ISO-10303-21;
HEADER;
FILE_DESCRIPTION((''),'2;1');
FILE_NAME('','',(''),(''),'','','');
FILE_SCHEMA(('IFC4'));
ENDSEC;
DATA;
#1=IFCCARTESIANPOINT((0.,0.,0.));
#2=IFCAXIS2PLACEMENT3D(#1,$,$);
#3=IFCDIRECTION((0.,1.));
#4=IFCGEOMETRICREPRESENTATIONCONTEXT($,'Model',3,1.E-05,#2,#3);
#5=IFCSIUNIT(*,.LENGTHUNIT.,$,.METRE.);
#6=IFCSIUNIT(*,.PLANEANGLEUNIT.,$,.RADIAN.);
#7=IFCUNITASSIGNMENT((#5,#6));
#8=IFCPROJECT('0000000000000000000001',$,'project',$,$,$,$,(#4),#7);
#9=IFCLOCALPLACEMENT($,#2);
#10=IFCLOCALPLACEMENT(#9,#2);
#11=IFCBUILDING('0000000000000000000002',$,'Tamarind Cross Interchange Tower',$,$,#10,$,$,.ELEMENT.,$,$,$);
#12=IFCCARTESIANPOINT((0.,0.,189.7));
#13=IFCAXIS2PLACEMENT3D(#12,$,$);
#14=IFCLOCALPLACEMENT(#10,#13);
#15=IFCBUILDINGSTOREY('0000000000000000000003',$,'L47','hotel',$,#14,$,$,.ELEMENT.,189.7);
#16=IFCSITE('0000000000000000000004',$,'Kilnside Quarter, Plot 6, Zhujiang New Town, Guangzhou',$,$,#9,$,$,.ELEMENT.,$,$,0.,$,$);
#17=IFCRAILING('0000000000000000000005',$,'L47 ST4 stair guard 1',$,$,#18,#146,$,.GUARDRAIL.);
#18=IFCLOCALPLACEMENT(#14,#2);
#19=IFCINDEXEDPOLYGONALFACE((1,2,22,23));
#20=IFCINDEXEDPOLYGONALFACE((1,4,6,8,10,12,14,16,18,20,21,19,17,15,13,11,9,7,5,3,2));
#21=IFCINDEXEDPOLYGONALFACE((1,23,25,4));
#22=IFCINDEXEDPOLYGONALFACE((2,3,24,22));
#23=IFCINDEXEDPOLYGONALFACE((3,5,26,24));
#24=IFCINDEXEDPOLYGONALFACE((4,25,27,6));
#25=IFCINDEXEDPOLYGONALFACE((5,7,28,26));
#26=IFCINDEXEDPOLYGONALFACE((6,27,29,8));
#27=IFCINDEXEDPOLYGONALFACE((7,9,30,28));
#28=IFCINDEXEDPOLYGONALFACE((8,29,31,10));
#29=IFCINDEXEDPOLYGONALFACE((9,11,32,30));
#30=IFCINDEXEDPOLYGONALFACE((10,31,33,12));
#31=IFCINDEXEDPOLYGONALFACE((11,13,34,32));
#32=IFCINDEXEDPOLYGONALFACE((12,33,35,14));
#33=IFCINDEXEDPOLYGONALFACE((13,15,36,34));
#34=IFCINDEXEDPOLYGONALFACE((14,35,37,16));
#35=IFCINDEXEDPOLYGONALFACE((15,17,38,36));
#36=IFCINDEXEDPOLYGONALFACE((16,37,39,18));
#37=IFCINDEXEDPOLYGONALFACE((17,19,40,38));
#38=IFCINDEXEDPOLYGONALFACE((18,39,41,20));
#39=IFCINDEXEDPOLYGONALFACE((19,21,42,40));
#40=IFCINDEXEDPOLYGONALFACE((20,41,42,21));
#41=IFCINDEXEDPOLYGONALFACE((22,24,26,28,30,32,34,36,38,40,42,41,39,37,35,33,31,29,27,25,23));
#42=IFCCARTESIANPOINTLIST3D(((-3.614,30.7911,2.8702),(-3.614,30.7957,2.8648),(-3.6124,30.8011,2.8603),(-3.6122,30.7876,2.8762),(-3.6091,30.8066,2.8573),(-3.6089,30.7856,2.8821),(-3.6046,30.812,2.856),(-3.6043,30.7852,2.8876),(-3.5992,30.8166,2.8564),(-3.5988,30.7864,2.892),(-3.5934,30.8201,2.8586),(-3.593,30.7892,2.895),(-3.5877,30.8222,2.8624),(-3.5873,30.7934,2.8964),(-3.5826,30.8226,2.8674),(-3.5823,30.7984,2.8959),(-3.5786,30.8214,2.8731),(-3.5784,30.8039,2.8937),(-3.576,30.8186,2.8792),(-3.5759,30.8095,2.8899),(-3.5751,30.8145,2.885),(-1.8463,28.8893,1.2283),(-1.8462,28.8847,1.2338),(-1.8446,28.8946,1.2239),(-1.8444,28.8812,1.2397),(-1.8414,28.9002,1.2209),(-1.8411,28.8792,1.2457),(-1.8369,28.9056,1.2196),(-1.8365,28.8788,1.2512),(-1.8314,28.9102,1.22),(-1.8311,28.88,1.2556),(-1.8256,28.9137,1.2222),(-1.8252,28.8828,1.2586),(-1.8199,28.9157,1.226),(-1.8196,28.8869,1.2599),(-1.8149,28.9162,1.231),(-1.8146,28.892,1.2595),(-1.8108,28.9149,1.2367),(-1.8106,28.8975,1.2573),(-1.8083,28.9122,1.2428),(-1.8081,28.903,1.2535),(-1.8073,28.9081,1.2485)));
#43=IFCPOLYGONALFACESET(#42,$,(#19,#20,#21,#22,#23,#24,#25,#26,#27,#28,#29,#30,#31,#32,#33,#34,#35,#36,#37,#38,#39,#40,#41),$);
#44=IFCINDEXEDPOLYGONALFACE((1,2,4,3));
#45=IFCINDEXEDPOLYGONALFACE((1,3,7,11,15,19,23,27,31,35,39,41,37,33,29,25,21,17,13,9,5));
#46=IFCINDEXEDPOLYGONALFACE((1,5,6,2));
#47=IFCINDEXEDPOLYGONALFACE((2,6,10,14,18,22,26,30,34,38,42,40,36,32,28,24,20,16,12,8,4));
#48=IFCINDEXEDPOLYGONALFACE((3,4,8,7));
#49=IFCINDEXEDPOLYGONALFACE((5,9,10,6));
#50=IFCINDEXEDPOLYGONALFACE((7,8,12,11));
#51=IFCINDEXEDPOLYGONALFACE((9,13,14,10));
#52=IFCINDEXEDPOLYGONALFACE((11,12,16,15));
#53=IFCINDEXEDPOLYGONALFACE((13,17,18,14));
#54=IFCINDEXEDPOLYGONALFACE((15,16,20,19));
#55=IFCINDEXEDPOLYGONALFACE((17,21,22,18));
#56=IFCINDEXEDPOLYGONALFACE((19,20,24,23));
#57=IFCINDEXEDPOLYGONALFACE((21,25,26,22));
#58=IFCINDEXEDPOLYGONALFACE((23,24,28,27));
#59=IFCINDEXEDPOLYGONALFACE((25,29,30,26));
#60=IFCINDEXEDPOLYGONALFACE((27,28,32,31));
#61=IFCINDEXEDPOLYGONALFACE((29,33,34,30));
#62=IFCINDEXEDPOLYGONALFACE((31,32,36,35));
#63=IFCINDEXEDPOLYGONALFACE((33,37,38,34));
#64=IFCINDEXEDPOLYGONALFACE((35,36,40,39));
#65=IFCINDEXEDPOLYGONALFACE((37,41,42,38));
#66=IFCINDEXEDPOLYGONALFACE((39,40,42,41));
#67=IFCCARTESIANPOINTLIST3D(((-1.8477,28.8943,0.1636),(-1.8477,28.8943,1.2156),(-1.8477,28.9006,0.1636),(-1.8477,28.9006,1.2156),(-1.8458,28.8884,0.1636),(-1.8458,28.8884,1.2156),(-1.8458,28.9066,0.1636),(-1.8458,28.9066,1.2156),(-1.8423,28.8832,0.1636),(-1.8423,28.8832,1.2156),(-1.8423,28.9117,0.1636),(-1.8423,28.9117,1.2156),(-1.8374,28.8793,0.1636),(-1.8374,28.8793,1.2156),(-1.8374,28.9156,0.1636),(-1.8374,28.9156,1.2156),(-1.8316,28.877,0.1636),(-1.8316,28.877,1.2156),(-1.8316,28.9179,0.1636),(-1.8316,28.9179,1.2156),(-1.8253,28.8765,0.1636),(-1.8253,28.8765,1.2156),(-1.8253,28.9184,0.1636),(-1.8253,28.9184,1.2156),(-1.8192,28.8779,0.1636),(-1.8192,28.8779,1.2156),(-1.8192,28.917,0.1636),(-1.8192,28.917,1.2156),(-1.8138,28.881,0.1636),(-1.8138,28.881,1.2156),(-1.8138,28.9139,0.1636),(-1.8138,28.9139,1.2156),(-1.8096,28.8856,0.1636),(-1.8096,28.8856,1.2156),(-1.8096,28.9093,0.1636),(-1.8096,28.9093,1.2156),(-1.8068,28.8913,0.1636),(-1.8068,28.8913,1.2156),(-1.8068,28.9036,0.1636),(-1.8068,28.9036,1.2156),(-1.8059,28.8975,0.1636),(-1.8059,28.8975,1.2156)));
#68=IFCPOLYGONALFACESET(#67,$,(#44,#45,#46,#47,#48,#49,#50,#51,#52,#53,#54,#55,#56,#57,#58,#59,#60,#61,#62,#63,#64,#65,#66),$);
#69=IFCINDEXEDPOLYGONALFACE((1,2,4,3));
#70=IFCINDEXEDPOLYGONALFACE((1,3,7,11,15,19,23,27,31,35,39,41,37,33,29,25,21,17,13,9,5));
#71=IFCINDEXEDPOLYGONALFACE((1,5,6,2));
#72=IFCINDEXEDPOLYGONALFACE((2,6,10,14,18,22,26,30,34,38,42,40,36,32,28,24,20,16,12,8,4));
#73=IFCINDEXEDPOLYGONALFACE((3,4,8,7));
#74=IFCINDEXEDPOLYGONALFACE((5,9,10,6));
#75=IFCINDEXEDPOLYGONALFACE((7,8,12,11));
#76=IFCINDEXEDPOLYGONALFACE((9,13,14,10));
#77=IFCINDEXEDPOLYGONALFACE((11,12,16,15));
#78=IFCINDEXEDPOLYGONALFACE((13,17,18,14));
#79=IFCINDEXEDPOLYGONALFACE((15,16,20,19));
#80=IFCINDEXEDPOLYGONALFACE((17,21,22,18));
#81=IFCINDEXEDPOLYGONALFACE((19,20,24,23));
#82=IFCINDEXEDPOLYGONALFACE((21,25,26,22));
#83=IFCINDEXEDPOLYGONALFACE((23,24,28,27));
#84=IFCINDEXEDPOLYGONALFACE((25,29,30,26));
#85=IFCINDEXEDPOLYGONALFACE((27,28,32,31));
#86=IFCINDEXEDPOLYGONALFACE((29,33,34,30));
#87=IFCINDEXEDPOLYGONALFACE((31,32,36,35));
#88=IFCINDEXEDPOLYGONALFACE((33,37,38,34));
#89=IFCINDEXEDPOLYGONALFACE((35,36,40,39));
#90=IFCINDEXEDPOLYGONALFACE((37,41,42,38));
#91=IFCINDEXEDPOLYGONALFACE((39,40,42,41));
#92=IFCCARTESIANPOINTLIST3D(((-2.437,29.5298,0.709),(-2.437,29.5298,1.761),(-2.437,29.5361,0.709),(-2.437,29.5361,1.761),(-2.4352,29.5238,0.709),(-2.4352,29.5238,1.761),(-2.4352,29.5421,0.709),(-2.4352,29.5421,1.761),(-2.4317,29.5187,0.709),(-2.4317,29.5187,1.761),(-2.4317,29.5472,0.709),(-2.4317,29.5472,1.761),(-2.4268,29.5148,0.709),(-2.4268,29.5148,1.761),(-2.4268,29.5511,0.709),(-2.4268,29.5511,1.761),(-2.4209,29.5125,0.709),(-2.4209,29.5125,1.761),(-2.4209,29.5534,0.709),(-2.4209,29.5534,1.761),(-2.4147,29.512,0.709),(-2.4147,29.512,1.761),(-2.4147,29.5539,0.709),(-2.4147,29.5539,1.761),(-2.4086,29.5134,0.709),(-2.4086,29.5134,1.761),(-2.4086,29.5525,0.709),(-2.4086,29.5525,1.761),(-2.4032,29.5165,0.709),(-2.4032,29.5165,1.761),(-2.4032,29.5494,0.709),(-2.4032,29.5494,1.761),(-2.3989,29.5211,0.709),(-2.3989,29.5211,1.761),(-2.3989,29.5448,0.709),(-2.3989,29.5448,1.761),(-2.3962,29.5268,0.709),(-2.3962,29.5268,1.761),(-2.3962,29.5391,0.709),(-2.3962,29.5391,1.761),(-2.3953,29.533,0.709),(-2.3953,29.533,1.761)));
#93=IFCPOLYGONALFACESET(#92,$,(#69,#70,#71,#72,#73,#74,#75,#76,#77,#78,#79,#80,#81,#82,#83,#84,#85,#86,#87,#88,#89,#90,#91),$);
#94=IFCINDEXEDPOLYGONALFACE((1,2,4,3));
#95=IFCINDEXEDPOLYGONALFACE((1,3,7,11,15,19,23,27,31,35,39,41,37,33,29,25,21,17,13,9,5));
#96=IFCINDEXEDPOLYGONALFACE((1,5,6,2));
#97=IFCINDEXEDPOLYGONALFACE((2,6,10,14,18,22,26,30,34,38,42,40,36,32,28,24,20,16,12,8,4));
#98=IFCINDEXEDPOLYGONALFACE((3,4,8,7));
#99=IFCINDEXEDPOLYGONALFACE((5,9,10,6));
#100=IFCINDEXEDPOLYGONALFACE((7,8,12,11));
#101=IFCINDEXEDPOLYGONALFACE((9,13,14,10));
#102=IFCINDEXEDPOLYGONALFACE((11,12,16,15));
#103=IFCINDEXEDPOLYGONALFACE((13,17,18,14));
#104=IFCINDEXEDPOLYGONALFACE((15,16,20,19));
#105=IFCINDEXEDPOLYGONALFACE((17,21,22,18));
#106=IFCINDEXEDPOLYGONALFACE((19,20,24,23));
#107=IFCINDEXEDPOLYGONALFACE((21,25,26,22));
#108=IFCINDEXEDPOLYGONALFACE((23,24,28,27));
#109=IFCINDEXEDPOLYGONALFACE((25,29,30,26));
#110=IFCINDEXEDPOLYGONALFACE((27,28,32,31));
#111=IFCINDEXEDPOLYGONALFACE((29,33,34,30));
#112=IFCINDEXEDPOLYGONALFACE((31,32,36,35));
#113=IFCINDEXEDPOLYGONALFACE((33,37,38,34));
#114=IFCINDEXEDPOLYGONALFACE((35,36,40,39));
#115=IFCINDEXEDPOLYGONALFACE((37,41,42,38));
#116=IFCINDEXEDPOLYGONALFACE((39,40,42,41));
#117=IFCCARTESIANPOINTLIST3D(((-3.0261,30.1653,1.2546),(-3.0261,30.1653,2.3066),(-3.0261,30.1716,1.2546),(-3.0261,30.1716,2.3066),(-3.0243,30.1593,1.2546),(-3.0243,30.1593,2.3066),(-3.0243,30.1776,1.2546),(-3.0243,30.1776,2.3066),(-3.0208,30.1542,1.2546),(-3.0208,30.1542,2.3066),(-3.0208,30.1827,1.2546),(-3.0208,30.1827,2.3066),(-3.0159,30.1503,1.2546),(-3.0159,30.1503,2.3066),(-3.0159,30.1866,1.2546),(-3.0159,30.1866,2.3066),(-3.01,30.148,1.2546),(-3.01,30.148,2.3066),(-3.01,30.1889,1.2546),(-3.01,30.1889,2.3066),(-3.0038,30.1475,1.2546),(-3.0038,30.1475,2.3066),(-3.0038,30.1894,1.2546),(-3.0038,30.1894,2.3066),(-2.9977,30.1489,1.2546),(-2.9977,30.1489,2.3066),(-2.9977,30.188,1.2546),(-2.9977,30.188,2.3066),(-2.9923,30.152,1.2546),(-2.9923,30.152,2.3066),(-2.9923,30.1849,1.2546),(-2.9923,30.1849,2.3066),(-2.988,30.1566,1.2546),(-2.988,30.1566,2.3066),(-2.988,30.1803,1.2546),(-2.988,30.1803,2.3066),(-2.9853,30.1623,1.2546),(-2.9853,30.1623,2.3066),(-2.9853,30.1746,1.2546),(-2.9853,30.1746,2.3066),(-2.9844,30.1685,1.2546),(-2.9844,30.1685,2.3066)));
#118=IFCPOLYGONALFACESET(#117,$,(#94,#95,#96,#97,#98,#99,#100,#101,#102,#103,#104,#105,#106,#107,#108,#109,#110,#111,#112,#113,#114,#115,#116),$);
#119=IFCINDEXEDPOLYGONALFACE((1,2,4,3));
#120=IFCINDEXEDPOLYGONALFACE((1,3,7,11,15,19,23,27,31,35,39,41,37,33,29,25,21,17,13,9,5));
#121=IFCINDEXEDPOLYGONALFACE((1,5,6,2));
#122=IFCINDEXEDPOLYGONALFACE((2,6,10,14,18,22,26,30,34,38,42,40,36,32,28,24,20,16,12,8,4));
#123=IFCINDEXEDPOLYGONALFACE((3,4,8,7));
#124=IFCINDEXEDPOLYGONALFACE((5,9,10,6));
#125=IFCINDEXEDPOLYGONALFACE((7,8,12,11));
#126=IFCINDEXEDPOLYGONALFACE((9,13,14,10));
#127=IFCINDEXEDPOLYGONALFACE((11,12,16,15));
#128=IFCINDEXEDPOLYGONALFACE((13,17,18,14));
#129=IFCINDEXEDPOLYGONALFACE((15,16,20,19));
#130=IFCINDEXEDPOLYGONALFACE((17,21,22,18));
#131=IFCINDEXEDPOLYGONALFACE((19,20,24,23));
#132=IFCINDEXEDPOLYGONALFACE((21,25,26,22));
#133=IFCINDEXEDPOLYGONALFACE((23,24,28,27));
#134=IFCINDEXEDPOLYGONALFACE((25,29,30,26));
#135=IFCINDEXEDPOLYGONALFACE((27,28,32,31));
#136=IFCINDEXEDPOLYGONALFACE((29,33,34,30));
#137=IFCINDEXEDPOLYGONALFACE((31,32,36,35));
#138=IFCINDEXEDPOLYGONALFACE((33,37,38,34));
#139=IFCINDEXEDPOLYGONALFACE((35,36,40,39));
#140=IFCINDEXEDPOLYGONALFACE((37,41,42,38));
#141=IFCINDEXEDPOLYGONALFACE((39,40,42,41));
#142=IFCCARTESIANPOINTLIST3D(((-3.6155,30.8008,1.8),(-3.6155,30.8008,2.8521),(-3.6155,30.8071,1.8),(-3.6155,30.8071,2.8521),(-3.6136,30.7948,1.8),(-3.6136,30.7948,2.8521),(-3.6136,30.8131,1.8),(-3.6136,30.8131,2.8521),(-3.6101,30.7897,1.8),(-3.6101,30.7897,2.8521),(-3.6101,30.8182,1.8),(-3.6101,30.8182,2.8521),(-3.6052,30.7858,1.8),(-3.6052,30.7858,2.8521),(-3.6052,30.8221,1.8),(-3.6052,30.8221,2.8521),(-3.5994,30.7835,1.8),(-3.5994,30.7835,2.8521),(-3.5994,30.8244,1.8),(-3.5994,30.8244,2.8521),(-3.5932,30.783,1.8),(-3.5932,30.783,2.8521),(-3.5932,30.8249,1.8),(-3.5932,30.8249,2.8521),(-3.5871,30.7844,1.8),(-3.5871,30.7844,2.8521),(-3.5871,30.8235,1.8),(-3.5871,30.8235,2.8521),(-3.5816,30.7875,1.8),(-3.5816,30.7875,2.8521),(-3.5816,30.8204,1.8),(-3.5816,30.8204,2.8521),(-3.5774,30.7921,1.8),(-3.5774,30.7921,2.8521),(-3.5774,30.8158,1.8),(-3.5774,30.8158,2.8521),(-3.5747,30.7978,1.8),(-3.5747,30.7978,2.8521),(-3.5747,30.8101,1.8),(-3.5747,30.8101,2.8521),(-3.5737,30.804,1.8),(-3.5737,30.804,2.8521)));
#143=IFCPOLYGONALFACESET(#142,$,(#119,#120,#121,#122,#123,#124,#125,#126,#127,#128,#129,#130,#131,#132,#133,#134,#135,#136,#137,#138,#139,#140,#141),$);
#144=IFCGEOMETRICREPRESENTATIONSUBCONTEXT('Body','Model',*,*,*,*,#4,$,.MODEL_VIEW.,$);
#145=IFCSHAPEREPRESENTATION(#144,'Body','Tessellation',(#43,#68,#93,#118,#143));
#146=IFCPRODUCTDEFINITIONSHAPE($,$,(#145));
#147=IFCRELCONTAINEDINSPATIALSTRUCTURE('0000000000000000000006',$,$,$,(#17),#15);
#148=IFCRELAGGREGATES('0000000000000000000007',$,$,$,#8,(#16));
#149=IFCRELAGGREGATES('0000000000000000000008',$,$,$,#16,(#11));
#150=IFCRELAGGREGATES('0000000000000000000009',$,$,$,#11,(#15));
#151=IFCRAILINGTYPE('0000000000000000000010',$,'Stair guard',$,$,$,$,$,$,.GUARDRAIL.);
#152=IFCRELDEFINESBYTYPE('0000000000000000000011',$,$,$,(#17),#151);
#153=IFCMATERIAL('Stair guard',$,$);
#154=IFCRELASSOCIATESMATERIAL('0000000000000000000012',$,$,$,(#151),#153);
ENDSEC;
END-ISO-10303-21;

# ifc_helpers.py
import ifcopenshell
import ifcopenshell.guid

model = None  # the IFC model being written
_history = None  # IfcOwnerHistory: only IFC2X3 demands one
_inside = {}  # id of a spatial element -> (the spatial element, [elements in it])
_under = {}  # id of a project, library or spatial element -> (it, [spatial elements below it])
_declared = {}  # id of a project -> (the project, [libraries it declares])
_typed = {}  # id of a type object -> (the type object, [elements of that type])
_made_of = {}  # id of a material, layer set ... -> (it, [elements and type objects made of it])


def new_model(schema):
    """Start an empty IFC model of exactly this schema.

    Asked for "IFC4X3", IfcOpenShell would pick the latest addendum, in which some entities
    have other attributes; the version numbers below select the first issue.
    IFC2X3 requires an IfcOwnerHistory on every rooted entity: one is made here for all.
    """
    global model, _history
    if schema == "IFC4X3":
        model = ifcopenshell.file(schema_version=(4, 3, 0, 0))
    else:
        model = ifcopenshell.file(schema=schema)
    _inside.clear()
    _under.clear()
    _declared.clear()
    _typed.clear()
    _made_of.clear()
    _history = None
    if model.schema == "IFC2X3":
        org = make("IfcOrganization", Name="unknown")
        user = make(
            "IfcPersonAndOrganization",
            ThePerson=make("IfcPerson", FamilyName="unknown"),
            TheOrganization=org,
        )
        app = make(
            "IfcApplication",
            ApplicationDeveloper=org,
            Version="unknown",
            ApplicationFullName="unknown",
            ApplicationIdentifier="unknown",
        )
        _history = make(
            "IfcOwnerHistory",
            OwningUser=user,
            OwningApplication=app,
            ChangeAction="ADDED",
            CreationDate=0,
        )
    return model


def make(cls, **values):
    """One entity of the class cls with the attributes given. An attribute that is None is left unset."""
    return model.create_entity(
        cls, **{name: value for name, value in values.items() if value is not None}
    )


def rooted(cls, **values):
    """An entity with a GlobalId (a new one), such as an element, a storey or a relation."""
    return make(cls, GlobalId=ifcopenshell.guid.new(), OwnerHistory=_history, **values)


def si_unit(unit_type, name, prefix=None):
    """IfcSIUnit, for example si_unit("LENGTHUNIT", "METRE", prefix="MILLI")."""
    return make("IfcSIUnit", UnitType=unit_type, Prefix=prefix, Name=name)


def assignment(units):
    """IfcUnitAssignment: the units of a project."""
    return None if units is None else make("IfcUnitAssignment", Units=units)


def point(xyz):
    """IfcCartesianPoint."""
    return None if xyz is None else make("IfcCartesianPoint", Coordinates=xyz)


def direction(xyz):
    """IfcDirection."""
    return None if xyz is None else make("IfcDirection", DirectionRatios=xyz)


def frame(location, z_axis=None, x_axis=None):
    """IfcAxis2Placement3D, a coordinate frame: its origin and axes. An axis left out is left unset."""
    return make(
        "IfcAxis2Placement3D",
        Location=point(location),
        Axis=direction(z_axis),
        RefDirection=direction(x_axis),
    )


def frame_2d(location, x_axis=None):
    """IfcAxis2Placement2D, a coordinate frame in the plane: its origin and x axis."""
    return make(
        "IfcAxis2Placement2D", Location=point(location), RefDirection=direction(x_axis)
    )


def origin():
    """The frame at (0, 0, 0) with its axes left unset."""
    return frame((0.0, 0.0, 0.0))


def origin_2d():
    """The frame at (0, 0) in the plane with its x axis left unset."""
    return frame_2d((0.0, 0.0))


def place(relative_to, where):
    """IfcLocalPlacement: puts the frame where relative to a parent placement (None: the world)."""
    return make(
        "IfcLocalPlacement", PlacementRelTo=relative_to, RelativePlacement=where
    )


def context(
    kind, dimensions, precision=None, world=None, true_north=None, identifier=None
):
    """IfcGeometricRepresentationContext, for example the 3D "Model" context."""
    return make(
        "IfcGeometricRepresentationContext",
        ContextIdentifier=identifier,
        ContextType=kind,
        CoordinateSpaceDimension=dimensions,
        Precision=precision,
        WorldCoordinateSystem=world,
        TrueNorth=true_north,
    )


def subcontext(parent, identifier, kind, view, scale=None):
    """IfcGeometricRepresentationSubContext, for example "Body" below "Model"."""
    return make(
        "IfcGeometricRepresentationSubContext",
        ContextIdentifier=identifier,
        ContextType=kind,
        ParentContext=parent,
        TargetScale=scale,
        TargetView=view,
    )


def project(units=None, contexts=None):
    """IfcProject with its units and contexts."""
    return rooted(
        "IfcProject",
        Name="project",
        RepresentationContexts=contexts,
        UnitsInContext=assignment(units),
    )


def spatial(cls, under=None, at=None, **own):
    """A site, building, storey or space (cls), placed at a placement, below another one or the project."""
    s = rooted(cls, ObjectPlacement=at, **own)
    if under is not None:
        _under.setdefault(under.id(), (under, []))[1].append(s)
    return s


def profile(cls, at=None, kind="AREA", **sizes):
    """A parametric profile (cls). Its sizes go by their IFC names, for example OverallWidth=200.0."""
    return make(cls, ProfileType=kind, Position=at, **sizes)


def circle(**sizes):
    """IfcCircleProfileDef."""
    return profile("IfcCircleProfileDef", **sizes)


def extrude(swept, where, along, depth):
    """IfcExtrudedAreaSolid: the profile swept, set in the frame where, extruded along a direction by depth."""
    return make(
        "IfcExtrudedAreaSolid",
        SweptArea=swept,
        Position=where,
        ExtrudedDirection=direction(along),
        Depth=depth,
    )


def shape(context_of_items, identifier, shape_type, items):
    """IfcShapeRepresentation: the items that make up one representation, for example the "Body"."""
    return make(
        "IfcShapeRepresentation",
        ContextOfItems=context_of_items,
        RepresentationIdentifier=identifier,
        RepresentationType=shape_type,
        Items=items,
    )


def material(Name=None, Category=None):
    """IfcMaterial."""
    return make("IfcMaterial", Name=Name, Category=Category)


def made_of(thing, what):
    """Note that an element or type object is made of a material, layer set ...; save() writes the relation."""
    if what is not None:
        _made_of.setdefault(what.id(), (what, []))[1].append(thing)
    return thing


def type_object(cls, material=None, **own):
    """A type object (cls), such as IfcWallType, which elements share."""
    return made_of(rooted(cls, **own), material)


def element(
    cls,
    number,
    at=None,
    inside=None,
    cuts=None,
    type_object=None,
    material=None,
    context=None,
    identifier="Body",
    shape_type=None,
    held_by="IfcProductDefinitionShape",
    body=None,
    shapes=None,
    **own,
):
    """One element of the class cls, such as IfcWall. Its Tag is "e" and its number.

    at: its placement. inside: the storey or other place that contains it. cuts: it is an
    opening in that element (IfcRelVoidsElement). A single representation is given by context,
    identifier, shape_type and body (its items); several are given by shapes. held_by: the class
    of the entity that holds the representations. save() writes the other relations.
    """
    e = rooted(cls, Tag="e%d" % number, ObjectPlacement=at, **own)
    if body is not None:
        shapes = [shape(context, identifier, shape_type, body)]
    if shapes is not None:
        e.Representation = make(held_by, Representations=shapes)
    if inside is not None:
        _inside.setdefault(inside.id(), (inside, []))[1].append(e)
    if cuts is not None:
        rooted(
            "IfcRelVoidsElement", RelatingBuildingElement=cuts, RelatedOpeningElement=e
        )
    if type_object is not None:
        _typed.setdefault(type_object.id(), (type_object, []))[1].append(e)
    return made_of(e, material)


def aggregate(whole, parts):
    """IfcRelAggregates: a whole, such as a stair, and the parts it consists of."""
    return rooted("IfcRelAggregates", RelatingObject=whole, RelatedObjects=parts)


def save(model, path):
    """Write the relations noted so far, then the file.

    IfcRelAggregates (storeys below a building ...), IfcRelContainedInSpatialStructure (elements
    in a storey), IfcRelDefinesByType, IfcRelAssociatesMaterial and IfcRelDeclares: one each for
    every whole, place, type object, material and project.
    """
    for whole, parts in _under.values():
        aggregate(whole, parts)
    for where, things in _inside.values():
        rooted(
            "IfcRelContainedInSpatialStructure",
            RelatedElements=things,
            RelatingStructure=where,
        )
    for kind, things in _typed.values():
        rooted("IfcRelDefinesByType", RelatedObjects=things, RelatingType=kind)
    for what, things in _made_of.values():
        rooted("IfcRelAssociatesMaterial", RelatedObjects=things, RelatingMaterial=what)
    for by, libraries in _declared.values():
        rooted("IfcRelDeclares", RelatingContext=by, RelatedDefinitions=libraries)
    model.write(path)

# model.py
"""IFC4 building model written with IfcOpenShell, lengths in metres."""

from ifc_helpers import new_model, si_unit, direction, frame, origin, origin_2d, place, context, subcontext, project, spatial, circle, extrude, material, type_object, element, save


model = new_model("IFC4")

# Units and contexts
model_context = context("Model", 3, precision=1e-05, world=origin(), true_north=direction((0.0, 1.0)))
body_context = subcontext(model_context, "Body", "Model", "MODEL_VIEW")
ifc_project = project(units=[si_unit("LENGTHUNIT", "METRE"), si_unit("PLANEANGLEUNIT", "RADIAN")], contexts=[model_context])

# Site, building, storey
site_placement = place(None, origin())
site = spatial("IfcSite", under=ifc_project, at=site_placement, Name="Kilnside Quarter, Plot 6, Zhujiang New Town, Guangzhou", CompositionType="ELEMENT", RefElevation=0.0)
building_placement = place(site_placement, origin())
building = spatial("IfcBuilding", under=site, at=building_placement, Name="Tamarind Cross Interchange Tower", CompositionType="ELEMENT")
storey_placement = place(building_placement, frame((0.0, 0.0, 189.7)))
storey = spatial("IfcBuildingStorey", under=building, at=storey_placement, Name="L47", Description="hotel", CompositionType="ELEMENT", Elevation=189.7)

# Railing
ifc_material_1 = material(Name="Stair guard")
railing_type_1 = type_object("IfcRailingType", Name="Stair guard", PredefinedType="GUARDRAIL", material=ifc_material_1)
railing_1_placement = place(storey_placement, frame((-1.8269, 28.8975, 0.1636)))
element("IfcRailing", 1, at=railing_1_placement, inside=storey, type_object=railing_type_1, Name="L47 ST4 stair guard 1", PredefinedType="GUARDRAIL", context=body_context, shape_type="SweptSolid", body=[
    extrude(circle(Radius=0.0239, at=origin_2d()), frame((0.0, 0.0, 1.0762), z_axis=(-0.575439, 0.620578, 0.532685), x_axis=(-0.733272, -0.679936, 0.0)), (0.0, 0.0, 1.0), 3.072),
    extrude(circle(Radius=0.021, at=origin_2d()), origin(), (0.0, 0.0, 1.0), 1.052),
    extrude(circle(Radius=0.021, at=origin_2d()), frame((-0.5894, 0.6355, 0.5454)), (0.0, 0.0, 1.0), 1.052),
    extrude(circle(Radius=0.021, at=origin_2d()), frame((-1.1785, 1.271, 1.0911)), (0.0, 0.0, 1.0), 1.052),
    extrude(circle(Radius=0.021, at=origin_2d()), frame((-1.7678, 1.9065, 1.6365)), (0.0, 0.0, 1.0), 1.052),
])

save(model, "model.ifc")
